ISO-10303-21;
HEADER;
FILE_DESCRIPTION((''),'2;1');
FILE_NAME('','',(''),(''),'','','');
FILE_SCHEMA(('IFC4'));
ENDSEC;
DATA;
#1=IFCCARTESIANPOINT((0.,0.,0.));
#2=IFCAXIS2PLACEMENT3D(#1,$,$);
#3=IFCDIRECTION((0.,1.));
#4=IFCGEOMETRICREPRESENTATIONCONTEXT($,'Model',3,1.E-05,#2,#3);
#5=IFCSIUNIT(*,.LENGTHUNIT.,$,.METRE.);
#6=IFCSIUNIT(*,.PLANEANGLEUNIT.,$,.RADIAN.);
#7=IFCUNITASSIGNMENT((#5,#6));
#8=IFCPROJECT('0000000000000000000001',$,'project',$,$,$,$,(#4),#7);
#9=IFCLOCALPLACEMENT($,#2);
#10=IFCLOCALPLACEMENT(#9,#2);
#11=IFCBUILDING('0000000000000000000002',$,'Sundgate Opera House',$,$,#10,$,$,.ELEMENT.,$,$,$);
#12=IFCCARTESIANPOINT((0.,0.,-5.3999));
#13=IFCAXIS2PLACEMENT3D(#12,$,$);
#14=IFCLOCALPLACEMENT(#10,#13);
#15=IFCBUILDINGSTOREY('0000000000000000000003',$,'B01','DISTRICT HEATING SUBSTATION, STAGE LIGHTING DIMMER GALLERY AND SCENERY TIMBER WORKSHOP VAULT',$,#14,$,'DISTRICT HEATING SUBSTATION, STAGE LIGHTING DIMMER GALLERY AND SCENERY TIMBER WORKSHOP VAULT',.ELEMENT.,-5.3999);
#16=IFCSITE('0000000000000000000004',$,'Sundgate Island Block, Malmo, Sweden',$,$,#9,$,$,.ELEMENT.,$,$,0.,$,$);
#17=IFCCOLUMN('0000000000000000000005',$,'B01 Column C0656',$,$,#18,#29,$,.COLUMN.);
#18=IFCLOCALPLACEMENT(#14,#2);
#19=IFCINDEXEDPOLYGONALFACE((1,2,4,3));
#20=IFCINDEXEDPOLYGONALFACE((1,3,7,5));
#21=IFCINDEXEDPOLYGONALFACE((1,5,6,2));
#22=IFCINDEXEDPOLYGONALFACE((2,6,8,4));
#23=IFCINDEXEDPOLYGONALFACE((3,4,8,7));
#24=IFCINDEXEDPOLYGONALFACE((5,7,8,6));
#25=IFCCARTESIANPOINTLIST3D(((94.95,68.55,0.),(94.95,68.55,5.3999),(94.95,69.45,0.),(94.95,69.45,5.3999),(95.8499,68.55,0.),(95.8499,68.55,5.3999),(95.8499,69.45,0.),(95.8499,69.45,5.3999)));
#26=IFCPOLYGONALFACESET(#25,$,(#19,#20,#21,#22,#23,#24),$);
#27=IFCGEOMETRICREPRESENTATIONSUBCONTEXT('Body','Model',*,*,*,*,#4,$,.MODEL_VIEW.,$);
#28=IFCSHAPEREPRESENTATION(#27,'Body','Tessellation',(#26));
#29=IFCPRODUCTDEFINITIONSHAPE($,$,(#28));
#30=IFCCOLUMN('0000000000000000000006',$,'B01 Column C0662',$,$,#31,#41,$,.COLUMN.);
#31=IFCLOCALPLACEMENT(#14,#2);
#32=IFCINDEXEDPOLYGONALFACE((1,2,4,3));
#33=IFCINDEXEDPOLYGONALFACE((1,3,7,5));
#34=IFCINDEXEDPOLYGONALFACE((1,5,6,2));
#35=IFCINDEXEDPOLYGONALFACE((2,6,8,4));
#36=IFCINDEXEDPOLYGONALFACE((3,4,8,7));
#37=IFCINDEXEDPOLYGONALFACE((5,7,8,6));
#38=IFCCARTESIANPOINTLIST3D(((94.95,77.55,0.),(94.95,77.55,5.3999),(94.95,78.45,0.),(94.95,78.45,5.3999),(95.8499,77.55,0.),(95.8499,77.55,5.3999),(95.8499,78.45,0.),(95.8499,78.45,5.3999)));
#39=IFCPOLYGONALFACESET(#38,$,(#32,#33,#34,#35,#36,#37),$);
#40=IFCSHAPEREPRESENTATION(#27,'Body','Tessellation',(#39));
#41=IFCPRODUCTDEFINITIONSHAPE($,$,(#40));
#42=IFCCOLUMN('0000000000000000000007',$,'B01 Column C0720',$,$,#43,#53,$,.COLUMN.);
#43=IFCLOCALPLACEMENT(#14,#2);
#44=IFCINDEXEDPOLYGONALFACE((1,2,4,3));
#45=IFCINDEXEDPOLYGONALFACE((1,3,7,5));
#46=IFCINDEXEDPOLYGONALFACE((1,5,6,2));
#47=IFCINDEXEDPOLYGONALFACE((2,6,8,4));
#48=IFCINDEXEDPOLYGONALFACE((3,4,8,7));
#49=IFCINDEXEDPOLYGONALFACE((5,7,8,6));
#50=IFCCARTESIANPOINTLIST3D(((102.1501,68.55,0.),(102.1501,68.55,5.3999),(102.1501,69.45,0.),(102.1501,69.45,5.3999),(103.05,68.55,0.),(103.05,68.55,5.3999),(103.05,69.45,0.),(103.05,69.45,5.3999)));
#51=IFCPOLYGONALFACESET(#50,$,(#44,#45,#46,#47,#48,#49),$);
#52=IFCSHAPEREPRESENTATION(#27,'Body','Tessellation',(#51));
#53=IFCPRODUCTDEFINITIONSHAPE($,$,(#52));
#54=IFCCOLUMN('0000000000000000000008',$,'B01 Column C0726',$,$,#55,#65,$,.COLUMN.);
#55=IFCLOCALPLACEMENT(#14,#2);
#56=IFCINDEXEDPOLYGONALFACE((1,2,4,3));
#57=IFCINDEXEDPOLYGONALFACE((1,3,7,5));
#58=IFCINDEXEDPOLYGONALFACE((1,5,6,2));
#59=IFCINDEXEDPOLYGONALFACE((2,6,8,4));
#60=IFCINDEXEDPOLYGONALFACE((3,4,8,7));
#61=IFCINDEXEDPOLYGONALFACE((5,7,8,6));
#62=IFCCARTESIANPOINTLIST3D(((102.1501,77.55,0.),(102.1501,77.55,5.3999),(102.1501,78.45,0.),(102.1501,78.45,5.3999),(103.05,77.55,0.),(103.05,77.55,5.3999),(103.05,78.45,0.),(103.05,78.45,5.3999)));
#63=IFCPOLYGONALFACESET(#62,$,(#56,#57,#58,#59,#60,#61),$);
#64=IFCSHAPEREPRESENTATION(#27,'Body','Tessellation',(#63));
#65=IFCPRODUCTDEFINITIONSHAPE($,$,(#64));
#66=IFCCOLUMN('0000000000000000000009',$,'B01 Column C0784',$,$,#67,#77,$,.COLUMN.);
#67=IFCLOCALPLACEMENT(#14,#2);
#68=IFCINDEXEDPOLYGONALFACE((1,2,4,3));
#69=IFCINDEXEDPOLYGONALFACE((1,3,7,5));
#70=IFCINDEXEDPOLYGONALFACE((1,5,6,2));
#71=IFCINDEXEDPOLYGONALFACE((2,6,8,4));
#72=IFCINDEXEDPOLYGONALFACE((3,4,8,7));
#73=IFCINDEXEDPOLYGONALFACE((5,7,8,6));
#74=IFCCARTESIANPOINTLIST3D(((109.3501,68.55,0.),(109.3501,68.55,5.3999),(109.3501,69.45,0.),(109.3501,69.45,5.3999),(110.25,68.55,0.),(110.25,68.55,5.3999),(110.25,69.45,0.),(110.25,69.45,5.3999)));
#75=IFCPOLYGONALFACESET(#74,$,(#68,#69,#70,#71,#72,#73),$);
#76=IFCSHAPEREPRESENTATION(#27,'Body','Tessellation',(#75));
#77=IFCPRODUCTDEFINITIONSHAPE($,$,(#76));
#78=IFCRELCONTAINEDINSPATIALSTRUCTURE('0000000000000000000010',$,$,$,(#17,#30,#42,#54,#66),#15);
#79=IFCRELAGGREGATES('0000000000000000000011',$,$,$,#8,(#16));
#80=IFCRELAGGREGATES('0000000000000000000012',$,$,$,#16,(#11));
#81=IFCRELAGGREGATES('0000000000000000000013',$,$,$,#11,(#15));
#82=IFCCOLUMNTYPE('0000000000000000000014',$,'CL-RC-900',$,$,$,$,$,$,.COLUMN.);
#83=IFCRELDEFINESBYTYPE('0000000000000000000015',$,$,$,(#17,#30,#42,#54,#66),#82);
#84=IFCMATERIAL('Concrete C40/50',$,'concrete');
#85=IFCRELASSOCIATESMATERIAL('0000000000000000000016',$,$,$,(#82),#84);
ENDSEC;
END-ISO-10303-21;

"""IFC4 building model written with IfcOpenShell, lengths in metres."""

from ifc_helpers import new_model, si_unit, direction, frame, origin, origin_2d, place, context, subcontext, project, spatial, rectangle, extrude, material, material_profile, profile_set, type_object, element, save


model = new_model("IFC4")

# Units and contexts
model_context = context("Model", 3, precision=1e-05, world=origin(), true_north=direction((0.0, 1.0)))
body_context = subcontext(model_context, "Body", "Model", "MODEL_VIEW")
ifc_project = project(units=[si_unit("LENGTHUNIT", "METRE"), si_unit("PLANEANGLEUNIT", "RADIAN")], contexts=[model_context])

# Site, building, storey
site_placement = place(None, origin())
site = spatial("IfcSite", under=ifc_project, at=site_placement, Name="Sundgate Island Block, Malmo, Sweden", CompositionType="ELEMENT", RefElevation=0.0)
building_placement = place(site_placement, origin())
building = spatial("IfcBuilding", under=site, at=building_placement, Name="Sundgate Opera House", CompositionType="ELEMENT")
storey_placement = place(building_placement, frame((0.0, 0.0, -5.3999)))
storey = spatial("IfcBuildingStorey", under=building, at=storey_placement, Name="B01", Description="DISTRICT HEATING SUBSTATION, STAGE LIGHTING DIMMER GALLERY AND SCENERY TIMBER WORKSHOP VAULT", LongName="DISTRICT HEATING SUBSTATION, STAGE LIGHTING DIMMER GALLERY AND SCENERY TIMBER WORKSHOP VAULT", CompositionType="ELEMENT", Elevation=-5.3999)

# Columns
ifc_material_1 = material(Name="Concrete C40/50", Category="concrete")
ifc_material_profile_1 = material_profile(ifc_material_1, rectangle(XDim=0.8999, YDim=0.8999, at=origin_2d()), Name="RC 900x900")
ifc_profile_set_1 = profile_set([ifc_material_profile_1], Name="Concrete C40/50")
column_type = type_object("IfcColumnType", Name="CL-RC-900", PredefinedType="COLUMN", material=ifc_profile_set_1)
for number, where, z_axis, x_axis, name in (
    (1, (95.3999, 69.0, 0.0), (0.0, 0.0, 1.0), (1.0, 0.0, 0.0), "B01 Column C0656"),
    (2, (95.3999, 78.0, 0.0), (0.0, 0.0, 1.0), (1.0, 0.0, 0.0), "B01 Column C0662"),
    (3, (102.6001, 69.0, 0.0), (0.0, 0.0, 1.0), (1.0, 0.0, 0.0), "B01 Column C0720"),
    (4, (102.6001, 78.0, 0.0), (0.0, 0.0, 1.0), (1.0, 0.0, 0.0), "B01 Column C0726"),
    (5, (109.8, 69.0, 0.0), (0.0, 0.0, 1.0), (1.0, 0.0, 0.0), "B01 Column C0784"),
):
    element("IfcColumn", number, at=place(storey_placement, frame(where, z_axis=z_axis, x_axis=x_axis)), inside=storey, type_object=column_type, Name=name, PredefinedType="COLUMN", context=body_context, shape_type="SweptSolid", body=[
        extrude(rectangle(XDim=0.8999, YDim=0.8999, at=origin_2d()), origin(), (0.0, 0.0, 1.0), 5.3999),
    ])

save(model, "model.ifc")
